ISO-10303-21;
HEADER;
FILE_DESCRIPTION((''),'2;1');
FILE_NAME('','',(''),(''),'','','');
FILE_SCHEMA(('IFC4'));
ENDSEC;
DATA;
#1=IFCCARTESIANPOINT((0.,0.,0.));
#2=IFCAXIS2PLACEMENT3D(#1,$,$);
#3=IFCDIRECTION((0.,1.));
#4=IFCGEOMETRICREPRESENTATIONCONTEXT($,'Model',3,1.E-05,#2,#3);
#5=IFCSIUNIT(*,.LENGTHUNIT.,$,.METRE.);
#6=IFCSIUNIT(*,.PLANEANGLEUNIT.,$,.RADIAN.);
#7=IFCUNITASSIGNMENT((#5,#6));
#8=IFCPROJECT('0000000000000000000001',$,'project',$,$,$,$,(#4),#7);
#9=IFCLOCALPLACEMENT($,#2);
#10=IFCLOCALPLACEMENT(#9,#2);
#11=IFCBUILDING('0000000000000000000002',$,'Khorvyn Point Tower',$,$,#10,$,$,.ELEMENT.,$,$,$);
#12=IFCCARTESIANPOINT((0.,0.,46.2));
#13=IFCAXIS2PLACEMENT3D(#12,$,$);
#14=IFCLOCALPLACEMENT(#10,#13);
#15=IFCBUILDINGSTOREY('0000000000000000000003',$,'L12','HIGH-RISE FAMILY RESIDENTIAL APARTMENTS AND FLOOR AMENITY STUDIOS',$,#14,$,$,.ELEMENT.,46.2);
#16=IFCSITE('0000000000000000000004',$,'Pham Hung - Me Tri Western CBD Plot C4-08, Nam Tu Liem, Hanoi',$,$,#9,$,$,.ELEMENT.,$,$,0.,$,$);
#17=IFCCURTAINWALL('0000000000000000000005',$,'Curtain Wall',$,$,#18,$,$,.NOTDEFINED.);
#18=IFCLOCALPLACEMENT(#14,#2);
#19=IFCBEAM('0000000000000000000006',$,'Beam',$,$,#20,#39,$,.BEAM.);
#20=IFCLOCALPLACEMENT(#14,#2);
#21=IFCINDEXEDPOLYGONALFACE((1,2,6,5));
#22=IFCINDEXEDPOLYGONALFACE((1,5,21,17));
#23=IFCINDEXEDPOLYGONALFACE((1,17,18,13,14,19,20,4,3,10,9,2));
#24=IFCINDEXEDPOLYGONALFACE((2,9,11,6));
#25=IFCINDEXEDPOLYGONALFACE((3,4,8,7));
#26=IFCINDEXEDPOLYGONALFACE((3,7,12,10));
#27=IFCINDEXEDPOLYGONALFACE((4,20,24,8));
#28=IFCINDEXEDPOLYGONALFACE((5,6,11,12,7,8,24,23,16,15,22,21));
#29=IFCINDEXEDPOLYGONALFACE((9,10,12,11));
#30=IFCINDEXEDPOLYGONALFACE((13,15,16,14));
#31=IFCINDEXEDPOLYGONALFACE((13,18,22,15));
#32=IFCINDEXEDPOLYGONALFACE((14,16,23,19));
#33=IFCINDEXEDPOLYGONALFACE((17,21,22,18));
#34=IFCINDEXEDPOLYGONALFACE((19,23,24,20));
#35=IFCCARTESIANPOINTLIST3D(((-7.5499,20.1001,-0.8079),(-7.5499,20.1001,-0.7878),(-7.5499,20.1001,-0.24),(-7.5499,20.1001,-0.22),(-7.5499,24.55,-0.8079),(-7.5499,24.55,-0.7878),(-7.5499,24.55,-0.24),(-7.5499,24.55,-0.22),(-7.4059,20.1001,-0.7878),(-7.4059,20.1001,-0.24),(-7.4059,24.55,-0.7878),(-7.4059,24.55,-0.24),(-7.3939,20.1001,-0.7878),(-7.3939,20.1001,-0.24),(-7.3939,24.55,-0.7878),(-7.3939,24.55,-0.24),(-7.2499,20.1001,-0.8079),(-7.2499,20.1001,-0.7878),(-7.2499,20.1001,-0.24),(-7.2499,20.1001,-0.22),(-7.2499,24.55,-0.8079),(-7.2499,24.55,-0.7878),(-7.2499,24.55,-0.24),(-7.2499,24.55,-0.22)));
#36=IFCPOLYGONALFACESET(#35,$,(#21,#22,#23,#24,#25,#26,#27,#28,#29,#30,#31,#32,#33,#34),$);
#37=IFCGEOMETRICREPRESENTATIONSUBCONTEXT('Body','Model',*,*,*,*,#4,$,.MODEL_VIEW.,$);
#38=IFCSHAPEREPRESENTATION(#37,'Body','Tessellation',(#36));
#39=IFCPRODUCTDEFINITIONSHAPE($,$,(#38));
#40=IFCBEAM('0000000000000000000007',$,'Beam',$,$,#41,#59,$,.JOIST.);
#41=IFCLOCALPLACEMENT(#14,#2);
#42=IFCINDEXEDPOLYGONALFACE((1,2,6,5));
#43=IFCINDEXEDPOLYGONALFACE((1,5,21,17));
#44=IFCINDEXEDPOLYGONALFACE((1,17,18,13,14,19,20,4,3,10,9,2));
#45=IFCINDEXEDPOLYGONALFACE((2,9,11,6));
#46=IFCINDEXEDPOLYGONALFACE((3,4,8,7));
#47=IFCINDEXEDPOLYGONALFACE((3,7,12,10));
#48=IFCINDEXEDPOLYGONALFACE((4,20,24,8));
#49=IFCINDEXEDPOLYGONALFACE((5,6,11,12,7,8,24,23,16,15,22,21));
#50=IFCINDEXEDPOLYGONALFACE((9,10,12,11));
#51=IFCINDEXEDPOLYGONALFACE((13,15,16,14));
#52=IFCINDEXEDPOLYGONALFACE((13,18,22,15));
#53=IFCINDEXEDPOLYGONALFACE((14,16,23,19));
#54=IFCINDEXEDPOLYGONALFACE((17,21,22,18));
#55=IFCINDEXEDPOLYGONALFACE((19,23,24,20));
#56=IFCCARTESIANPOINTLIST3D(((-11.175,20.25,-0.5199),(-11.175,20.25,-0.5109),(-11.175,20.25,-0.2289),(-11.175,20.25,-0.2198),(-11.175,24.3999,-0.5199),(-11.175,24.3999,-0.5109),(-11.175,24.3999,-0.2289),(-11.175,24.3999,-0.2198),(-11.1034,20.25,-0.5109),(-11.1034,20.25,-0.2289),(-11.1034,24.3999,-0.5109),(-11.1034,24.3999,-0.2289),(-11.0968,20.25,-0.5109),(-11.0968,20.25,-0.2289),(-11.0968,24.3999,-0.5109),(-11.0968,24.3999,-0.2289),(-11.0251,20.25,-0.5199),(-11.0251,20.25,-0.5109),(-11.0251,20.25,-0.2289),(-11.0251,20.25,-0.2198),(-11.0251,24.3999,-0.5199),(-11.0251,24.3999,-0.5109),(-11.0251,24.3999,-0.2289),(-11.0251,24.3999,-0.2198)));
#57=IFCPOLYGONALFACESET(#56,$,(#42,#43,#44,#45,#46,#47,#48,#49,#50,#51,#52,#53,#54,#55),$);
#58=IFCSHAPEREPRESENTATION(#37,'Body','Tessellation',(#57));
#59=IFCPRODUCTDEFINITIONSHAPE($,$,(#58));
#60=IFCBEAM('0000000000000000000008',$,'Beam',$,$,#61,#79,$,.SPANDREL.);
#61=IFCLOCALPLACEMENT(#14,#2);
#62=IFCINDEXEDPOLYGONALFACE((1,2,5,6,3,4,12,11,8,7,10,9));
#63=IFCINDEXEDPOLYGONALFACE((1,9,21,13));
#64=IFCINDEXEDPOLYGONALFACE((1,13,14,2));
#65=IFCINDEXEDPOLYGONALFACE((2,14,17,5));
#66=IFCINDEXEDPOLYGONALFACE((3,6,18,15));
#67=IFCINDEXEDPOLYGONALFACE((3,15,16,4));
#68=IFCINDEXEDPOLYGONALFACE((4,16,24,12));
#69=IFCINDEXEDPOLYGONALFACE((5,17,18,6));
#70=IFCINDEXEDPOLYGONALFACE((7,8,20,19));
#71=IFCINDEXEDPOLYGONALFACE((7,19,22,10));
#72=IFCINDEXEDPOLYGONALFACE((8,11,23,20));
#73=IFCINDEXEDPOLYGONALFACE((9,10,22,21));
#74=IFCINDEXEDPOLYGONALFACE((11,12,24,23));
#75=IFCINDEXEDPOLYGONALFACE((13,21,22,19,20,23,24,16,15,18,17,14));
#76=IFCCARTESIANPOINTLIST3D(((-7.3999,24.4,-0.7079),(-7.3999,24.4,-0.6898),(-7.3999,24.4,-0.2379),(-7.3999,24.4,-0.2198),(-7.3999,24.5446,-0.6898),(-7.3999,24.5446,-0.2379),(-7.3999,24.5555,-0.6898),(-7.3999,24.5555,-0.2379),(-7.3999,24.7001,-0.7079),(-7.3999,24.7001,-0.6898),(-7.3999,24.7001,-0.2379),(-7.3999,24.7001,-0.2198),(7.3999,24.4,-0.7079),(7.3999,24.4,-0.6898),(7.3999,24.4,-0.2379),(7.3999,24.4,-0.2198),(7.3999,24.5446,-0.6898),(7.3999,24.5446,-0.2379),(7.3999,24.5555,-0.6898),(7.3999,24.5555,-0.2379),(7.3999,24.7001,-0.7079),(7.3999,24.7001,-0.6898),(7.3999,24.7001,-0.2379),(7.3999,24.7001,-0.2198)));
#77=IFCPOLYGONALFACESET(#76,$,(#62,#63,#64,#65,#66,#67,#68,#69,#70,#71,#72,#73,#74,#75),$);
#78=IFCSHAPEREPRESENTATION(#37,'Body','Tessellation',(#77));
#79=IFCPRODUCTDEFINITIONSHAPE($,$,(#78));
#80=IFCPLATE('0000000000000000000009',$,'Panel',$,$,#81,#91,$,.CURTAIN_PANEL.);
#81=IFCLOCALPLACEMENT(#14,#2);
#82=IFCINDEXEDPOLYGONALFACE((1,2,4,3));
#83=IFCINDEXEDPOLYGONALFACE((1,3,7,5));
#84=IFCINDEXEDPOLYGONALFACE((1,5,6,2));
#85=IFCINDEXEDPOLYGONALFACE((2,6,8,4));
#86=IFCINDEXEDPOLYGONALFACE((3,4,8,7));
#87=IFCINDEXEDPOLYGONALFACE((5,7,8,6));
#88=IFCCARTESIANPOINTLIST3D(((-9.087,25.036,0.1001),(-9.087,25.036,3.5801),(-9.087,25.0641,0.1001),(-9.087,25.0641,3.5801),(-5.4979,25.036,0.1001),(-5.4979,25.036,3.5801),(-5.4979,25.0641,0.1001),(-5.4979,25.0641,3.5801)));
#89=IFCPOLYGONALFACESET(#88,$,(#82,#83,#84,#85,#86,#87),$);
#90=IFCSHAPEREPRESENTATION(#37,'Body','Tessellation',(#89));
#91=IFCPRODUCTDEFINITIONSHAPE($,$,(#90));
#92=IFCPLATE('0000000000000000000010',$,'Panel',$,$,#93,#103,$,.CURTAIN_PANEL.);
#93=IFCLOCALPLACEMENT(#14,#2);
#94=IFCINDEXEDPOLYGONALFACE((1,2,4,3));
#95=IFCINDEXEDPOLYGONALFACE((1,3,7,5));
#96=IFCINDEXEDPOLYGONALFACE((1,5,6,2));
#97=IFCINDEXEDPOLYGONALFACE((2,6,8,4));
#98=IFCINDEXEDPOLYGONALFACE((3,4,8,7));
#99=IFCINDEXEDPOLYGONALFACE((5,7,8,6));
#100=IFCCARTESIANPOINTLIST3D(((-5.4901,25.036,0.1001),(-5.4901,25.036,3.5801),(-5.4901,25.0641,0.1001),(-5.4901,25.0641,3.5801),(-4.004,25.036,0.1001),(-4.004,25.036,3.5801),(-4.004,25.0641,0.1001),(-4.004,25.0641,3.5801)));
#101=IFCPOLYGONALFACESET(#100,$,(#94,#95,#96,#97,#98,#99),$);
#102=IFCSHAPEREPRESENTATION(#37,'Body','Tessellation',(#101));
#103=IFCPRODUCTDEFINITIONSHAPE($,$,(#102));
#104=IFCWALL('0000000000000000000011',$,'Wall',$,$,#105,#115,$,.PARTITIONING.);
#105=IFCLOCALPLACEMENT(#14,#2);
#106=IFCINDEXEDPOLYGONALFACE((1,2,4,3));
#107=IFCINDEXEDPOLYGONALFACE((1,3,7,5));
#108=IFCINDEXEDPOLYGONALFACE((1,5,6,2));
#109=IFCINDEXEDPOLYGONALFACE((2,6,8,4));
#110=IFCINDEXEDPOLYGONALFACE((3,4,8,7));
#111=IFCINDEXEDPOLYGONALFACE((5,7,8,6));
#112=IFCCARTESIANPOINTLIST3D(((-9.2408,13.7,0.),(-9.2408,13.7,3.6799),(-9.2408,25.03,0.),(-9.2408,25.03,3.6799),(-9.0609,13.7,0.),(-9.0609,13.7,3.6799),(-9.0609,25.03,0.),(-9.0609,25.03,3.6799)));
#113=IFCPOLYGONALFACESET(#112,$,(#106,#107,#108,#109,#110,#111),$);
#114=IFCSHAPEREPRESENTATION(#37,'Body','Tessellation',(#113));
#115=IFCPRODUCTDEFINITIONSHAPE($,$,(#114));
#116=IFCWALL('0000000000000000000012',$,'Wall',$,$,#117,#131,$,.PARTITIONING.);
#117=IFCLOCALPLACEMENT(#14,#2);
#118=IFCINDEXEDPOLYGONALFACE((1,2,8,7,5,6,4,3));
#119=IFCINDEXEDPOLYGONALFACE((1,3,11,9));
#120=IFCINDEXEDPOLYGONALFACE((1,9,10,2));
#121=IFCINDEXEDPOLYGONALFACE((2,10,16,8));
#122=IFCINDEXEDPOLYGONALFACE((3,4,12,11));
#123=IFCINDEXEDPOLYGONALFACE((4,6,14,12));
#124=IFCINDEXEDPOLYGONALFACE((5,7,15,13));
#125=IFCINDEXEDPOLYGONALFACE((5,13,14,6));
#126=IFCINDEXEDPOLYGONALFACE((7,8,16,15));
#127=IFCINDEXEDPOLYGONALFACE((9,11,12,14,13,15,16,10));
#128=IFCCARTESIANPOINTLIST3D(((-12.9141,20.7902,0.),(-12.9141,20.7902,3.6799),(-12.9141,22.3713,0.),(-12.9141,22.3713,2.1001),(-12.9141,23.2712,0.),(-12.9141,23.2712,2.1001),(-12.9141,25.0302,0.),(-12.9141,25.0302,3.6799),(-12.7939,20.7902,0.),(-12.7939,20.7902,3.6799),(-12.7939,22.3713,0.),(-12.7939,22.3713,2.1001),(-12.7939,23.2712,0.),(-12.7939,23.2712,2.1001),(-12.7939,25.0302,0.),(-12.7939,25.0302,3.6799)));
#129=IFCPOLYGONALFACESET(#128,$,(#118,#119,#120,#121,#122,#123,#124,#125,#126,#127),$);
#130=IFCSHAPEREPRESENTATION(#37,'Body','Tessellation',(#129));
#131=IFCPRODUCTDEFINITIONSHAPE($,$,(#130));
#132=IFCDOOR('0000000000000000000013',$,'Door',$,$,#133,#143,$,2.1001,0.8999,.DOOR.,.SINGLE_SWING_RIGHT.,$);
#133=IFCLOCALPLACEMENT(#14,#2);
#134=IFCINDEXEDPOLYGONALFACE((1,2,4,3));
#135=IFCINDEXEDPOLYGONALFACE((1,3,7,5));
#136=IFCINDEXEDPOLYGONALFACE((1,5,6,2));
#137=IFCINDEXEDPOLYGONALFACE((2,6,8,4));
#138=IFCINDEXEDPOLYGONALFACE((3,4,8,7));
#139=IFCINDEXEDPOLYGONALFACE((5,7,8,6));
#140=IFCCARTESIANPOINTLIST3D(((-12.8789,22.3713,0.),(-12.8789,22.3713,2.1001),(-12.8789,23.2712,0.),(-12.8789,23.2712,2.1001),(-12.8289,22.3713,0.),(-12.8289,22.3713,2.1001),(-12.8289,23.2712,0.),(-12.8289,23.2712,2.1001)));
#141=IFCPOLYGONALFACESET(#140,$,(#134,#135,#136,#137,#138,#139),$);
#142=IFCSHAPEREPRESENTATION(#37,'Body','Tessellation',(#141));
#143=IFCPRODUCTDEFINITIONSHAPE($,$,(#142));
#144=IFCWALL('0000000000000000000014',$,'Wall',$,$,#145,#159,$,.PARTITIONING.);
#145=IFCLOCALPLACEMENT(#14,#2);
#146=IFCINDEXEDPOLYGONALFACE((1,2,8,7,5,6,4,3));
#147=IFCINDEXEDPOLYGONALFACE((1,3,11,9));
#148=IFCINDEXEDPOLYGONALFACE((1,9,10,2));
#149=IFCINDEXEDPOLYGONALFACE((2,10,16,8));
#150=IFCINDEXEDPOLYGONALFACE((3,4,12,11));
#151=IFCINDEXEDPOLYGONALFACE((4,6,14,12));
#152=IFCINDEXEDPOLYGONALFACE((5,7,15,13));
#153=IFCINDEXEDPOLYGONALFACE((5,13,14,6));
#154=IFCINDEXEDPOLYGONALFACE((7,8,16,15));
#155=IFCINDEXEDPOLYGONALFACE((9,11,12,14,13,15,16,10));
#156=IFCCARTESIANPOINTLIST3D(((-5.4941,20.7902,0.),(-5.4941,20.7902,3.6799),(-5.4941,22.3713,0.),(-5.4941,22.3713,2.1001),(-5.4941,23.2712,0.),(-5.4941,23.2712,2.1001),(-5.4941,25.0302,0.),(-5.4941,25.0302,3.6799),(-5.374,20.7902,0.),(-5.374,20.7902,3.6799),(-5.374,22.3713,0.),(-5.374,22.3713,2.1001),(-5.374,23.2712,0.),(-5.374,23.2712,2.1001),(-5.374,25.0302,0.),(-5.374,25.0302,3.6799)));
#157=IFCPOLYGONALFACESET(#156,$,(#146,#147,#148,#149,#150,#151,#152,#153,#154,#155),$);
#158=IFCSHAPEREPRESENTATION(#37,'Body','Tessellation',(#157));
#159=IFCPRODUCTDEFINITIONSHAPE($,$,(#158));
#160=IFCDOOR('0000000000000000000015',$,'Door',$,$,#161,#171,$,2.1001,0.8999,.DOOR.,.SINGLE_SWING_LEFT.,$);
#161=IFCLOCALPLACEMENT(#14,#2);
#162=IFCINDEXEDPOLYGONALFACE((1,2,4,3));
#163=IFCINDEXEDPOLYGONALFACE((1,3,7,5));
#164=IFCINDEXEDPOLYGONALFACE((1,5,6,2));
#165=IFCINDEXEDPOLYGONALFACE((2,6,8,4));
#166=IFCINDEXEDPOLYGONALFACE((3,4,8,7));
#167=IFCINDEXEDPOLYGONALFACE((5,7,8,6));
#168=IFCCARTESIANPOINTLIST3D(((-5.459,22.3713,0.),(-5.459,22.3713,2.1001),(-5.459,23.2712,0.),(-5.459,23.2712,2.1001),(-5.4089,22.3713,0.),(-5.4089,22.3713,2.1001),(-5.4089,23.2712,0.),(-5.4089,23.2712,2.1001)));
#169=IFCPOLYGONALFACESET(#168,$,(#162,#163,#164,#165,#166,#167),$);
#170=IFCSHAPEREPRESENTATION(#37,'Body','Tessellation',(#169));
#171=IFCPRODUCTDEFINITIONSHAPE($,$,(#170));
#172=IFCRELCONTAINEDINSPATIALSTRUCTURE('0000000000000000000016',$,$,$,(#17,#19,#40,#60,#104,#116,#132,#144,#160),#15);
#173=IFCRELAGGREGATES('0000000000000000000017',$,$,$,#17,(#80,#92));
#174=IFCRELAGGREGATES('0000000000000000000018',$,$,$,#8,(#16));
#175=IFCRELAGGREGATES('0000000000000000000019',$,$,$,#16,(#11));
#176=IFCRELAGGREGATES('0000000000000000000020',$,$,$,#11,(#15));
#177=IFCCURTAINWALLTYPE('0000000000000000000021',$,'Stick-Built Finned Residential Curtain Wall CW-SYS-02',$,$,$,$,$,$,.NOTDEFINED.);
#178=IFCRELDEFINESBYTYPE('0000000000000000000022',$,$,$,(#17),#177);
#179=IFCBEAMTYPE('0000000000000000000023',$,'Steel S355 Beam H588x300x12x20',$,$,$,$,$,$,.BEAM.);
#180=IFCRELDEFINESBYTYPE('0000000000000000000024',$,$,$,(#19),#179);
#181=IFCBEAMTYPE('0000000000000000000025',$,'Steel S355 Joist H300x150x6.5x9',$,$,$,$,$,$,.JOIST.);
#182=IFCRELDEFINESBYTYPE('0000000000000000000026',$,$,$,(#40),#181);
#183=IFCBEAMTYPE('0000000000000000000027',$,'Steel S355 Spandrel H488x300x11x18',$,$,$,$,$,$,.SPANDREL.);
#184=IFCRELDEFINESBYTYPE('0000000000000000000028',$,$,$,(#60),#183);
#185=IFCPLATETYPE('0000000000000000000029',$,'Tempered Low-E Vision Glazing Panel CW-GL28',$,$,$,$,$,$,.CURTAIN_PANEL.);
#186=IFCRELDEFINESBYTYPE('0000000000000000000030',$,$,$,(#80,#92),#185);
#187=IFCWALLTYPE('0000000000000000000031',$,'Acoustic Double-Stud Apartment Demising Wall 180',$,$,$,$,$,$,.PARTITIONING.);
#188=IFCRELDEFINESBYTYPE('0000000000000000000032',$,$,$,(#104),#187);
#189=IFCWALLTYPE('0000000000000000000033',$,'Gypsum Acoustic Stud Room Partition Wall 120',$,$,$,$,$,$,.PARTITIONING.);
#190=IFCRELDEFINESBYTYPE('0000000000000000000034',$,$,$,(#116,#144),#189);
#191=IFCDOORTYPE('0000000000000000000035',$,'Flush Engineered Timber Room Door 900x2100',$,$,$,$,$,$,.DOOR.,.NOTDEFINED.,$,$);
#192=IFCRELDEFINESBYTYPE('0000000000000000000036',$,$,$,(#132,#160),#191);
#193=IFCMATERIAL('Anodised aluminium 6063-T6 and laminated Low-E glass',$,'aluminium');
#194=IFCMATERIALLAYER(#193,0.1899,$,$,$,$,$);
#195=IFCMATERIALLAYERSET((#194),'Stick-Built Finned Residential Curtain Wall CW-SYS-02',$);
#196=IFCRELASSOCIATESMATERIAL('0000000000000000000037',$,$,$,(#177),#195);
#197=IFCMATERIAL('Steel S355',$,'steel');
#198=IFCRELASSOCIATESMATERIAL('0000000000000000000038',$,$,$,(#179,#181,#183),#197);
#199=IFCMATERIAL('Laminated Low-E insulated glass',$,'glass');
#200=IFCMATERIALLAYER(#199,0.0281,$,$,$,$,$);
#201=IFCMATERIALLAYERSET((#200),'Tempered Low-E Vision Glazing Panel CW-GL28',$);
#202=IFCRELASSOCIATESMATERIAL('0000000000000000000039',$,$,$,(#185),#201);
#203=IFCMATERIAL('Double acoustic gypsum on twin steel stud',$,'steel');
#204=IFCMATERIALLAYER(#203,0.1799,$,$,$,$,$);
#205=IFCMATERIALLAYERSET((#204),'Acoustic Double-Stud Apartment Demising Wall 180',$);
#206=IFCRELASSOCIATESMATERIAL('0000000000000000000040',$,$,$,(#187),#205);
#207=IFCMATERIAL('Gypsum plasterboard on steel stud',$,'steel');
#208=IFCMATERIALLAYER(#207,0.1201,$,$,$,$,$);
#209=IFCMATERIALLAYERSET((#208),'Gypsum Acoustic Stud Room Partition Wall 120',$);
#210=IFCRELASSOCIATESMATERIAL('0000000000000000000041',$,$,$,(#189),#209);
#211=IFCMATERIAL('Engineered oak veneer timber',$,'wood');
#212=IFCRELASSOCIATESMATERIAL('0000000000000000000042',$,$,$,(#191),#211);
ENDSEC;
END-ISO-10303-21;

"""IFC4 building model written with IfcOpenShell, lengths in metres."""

from ifc_helpers import new_model, si_unit, direction, frame, frame_2d, origin, origin_2d, place, context, subcontext, project, spatial, rectangle, i_section, extrude, material, layer, layer_set, material_profile, profile_set, type_object, element, fill, aggregate, save


model = new_model("IFC4")

# Units and contexts
model_context = context("Model", 3, precision=1e-05, world=origin(), true_north=direction((0.0, 1.0)))
body_context = subcontext(model_context, "Body", "Model", "MODEL_VIEW")
ifc_project = project(units=[si_unit("LENGTHUNIT", "METRE"), si_unit("PLANEANGLEUNIT", "RADIAN")], contexts=[model_context])

# Site, building, storey
site_placement = place(None, origin())
site = spatial("IfcSite", under=ifc_project, at=site_placement, Name="Pham Hung - Me Tri Western CBD Plot C4-08, Nam Tu Liem, Hanoi", CompositionType="ELEMENT", RefElevation=0.0)
building_placement = place(site_placement, origin())
building = spatial("IfcBuilding", under=site, at=building_placement, Name="Khorvyn Point Tower", CompositionType="ELEMENT")
storey_placement = place(building_placement, frame((0.0, 0.0, 46.2)))
storey = spatial("IfcBuildingStorey", under=building, at=storey_placement, Name="L12", Description="HIGH-RISE FAMILY RESIDENTIAL APARTMENTS AND FLOOR AMENITY STUDIOS", CompositionType="ELEMENT", Elevation=46.2)

# Curtain wall
ifc_material_1 = material(Name="Anodised aluminium 6063-T6 and laminated Low-E glass", Category="aluminium")
ifc_layer_1 = layer(ifc_material_1, 0.1899)
ifc_layer_set_1 = layer_set([ifc_layer_1], Name="Stick-Built Finned Residential Curtain Wall CW-SYS-02")
curtain_wall_type = type_object("IfcCurtainWallType", Name="Stick-Built Finned Residential Curtain Wall CW-SYS-02", PredefinedType="NOTDEFINED", material=ifc_layer_set_1)
curtain_wall_placement = place(storey_placement, origin())
curtain_wall = element("IfcCurtainWall", 1, at=curtain_wall_placement, inside=storey, type_object=curtain_wall_type, Name="Curtain Wall", PredefinedType="NOTDEFINED")

# Beams
ifc_material_2 = material(Name="Steel S355", Category="steel")
ifc_material_profile_1 = material_profile(ifc_material_2, i_section(OverallWidth=0.3, OverallDepth=0.5879, WebThickness=0.012, FlangeThickness=0.02, at=origin_2d()))
ifc_profile_set_1 = profile_set([ifc_material_profile_1], Name="Steel S355 H588x300x12x20")
beam_type_1 = type_object("IfcBeamType", Name="Steel S355 Beam H588x300x12x20", PredefinedType="BEAM", material=ifc_profile_set_1)
beam_1_placement = place(storey_placement, frame((-7.3999, 20.1001, -0.5139), z_axis=(0.0, 1.0, 0.0), x_axis=(-1.0, 0.0, 0.0)))
element("IfcBeam", 2, at=beam_1_placement, inside=storey, type_object=beam_type_1, Name="Beam", PredefinedType="BEAM", context=body_context, shape_type="SweptSolid", body=[
    extrude(i_section(OverallWidth=0.3, OverallDepth=0.5879, WebThickness=0.012, FlangeThickness=0.02, at=origin_2d()), origin(), (0.0, 0.0, 1.0), 4.45),
])
ifc_material_profile_2 = material_profile(ifc_material_2, i_section(OverallWidth=0.1499, OverallDepth=0.3, WebThickness=0.0066, FlangeThickness=0.009, at=origin_2d()))
ifc_profile_set_2 = profile_set([ifc_material_profile_2], Name="Steel S355 H300x150x6.5x9")
beam_type_2 = type_object("IfcBeamType", Name="Steel S355 Joist H300x150x6.5x9", PredefinedType="JOIST", material=ifc_profile_set_2)
beam_2_placement = place(storey_placement, frame((-11.1001, 20.25, -0.3699), z_axis=(0.0, 1.0, 0.0), x_axis=(-1.0, 0.0, 0.0)))
element("IfcBeam", 3, at=beam_2_placement, inside=storey, type_object=beam_type_2, Name="Beam", PredefinedType="JOIST", context=body_context, shape_type="SweptSolid", body=[
    extrude(i_section(OverallWidth=0.1499, OverallDepth=0.3, WebThickness=0.0066, FlangeThickness=0.009, at=origin_2d()), origin(), (0.0, 0.0, 1.0), 4.1499),
])
ifc_material_profile_3 = material_profile(ifc_material_2, i_section(OverallWidth=0.3, OverallDepth=0.488, WebThickness=0.011, FlangeThickness=0.0181, at=origin_2d()))
ifc_profile_set_3 = profile_set([ifc_material_profile_3], Name="Steel S355 H488x300x11x18")
beam_type_3 = type_object("IfcBeamType", Name="Steel S355 Spandrel H488x300x11x18", PredefinedType="SPANDREL", material=ifc_profile_set_3)
beam_3_placement = place(storey_placement, frame((-7.3999, 24.55, -0.4639), z_axis=(1.0, 0.0, 0.0), x_axis=(0.0, 1.0, 0.0)))
element("IfcBeam", 4, at=beam_3_placement, inside=storey, type_object=beam_type_3, Name="Beam", PredefinedType="SPANDREL", context=body_context, shape_type="SweptSolid", body=[
    extrude(i_section(OverallWidth=0.3, OverallDepth=0.488, WebThickness=0.011, FlangeThickness=0.0181, at=origin_2d()), origin(), (0.0, 0.0, 1.0), 14.7998),
])

# Plates
ifc_material_3 = material(Name="Laminated Low-E insulated glass", Category="glass")
ifc_layer_2 = layer(ifc_material_3, 0.0281)
ifc_layer_set_2 = layer_set([ifc_layer_2], Name="Tempered Low-E Vision Glazing Panel CW-GL28")
plate_type = type_object("IfcPlateType", Name="Tempered Low-E Vision Glazing Panel CW-GL28", PredefinedType="CURTAIN_PANEL", material=ifc_layer_set_2)
plate_1_placement = place(storey_placement, frame((-7.2925, 25.05, 0.1001), z_axis=(0.0, 0.0, 1.0), x_axis=(1.0, 0.0, 0.0)))
plate_1 = element("IfcPlate", 5, at=plate_1_placement, type_object=plate_type, Name="Panel", PredefinedType="CURTAIN_PANEL", context=body_context, shape_type="SweptSolid", body=[
    extrude(rectangle(XDim=3.5891, YDim=0.0281, at=origin_2d()), origin(), (0.0, 0.0, 1.0), 3.48),
])
plate_2_placement = place(storey_placement, frame((-4.7471, 25.05, 0.1001), z_axis=(0.0, 0.0, 1.0), x_axis=(1.0, 0.0, 0.0)))
plate_2 = element("IfcPlate", 6, at=plate_2_placement, type_object=plate_type, Name="Panel", PredefinedType="CURTAIN_PANEL", context=body_context, shape_type="SweptSolid", body=[
    extrude(rectangle(XDim=1.4861, YDim=0.0281, at=origin_2d()), origin(), (0.0, 0.0, 1.0), 3.48),
])
aggregate(curtain_wall, [plate_1, plate_2])

# Wall
ifc_material_4 = material(Name="Double acoustic gypsum on twin steel stud", Category="steel")
ifc_layer_3 = layer(ifc_material_4, 0.1799)
ifc_layer_set_3 = layer_set([ifc_layer_3], Name="Acoustic Double-Stud Apartment Demising Wall 180")
wall_type_1 = type_object("IfcWallType", Name="Acoustic Double-Stud Apartment Demising Wall 180", PredefinedType="PARTITIONING", material=ifc_layer_set_3)
wall_1_placement = place(storey_placement, frame((-9.1509, 13.7, 0.0), z_axis=(0.0, 0.0, 1.0), x_axis=(0.0, 1.0, 0.0)))
element("IfcWall", 7, at=wall_1_placement, inside=storey, type_object=wall_type_1, Name="Wall", PredefinedType="PARTITIONING", context=body_context, shape_type="SweptSolid", body=[
    extrude(rectangle(XDim=11.3301, YDim=0.1799, at=frame_2d((5.665, 0.0))), origin(), (0.0, 0.0, 1.0), 3.6799),
])

# Walls, openings, doors
ifc_material_5 = material(Name="Gypsum plasterboard on steel stud", Category="steel")
ifc_layer_4 = layer(ifc_material_5, 0.1201)
ifc_layer_set_4 = layer_set([ifc_layer_4], Name="Gypsum Acoustic Stud Room Partition Wall 120")
wall_type_2 = type_object("IfcWallType", Name="Gypsum Acoustic Stud Room Partition Wall 120", PredefinedType="PARTITIONING", material=ifc_layer_set_4)
wall_2_placement = place(storey_placement, frame((-12.854, 20.79, 0.0), z_axis=(0.0, 0.0, 1.0), x_axis=(0.0, 1.0, 0.0)))
wall_2 = element("IfcWall", 8, at=wall_2_placement, inside=storey, type_object=wall_type_2, Name="Wall", PredefinedType="PARTITIONING", context=body_context, shape_type="SweptSolid", body=[
    extrude(rectangle(XDim=4.24, YDim=0.1201, at=frame_2d((2.1201, 0.0))), origin(), (0.0, 0.0, 1.0), 3.6799),
])
opening_1_placement = place(wall_2_placement, frame((1.5813, 0.0, 0.0)))
opening_1 = element("IfcOpeningElement", 9, at=opening_1_placement, cuts=wall_2, PredefinedType="OPENING", context=body_context, shape_type="SweptSolid", body=[
    extrude(rectangle(XDim=0.8999, YDim=2.1001, at=frame_2d((0.45, 1.05))), frame((0.0, 0.0701, 0.0), z_axis=(0.0, -1.0, 0.0), x_axis=(1.0, 0.0, 0.0)), (0.0, 0.0, 1.0), 0.1401),
])
ifc_material_6 = material(Name="Engineered oak veneer timber", Category="wood")
door_type_1 = type_object("IfcDoorType", Name="Flush Engineered Timber Room Door 900x2100", OperationType="NOTDEFINED", PredefinedType="DOOR", material=ifc_material_6)
door_1_placement = place(opening_1_placement, origin())
door_1 = element("IfcDoor", 10, at=door_1_placement, inside=storey, type_object=door_type_1, Name="Door", OperationType="SINGLE_SWING_RIGHT", OverallHeight=2.1001, OverallWidth=0.8999, PredefinedType="DOOR", context=body_context, shape_type="SweptSolid", body=[
    extrude(rectangle(XDim=0.8999, YDim=2.1001, at=frame_2d((0.45, 1.05))), frame((0.0, 0.0249, 0.0), z_axis=(0.0, -1.0, 0.0), x_axis=(1.0, 0.0, 0.0)), (0.0, 0.0, 1.0), 0.05),
])
fill(opening_1, door_1)
wall_3_placement = place(storey_placement, frame((-5.4341, 20.79, 0.0), z_axis=(0.0, 0.0, 1.0), x_axis=(0.0, 1.0, 0.0)))
wall_3 = element("IfcWall", 11, at=wall_3_placement, inside=storey, type_object=wall_type_2, Name="Wall", PredefinedType="PARTITIONING", context=body_context, shape_type="SweptSolid", body=[
    extrude(rectangle(XDim=4.24, YDim=0.1201, at=frame_2d((2.1201, 0.0))), origin(), (0.0, 0.0, 1.0), 3.6799),
])
opening_2_placement = place(wall_3_placement, frame((1.5813, 0.0, 0.0)))
opening_2 = element("IfcOpeningElement", 12, at=opening_2_placement, cuts=wall_3, PredefinedType="OPENING", context=body_context, shape_type="SweptSolid", body=[
    extrude(rectangle(XDim=0.8999, YDim=2.1001, at=frame_2d((0.45, 1.05))), frame((0.0, 0.0701, 0.0), z_axis=(0.0, -1.0, 0.0), x_axis=(1.0, 0.0, 0.0)), (0.0, 0.0, 1.0), 0.1401),
])
door_2_placement = place(opening_2_placement, origin())
door_2 = element("IfcDoor", 13, at=door_2_placement, inside=storey, type_object=door_type_1, Name="Door", OperationType="SINGLE_SWING_LEFT", OverallHeight=2.1001, OverallWidth=0.8999, PredefinedType="DOOR", context=body_context, shape_type="SweptSolid", body=[
    extrude(rectangle(XDim=0.8999, YDim=2.1001, at=frame_2d((0.45, 1.05))), frame((0.0, 0.0249, 0.0), z_axis=(0.0, -1.0, 0.0), x_axis=(1.0, 0.0, 0.0)), (0.0, 0.0, 1.0), 0.05),
])
fill(opening_2, door_2)

save(model, "model.ifc")
